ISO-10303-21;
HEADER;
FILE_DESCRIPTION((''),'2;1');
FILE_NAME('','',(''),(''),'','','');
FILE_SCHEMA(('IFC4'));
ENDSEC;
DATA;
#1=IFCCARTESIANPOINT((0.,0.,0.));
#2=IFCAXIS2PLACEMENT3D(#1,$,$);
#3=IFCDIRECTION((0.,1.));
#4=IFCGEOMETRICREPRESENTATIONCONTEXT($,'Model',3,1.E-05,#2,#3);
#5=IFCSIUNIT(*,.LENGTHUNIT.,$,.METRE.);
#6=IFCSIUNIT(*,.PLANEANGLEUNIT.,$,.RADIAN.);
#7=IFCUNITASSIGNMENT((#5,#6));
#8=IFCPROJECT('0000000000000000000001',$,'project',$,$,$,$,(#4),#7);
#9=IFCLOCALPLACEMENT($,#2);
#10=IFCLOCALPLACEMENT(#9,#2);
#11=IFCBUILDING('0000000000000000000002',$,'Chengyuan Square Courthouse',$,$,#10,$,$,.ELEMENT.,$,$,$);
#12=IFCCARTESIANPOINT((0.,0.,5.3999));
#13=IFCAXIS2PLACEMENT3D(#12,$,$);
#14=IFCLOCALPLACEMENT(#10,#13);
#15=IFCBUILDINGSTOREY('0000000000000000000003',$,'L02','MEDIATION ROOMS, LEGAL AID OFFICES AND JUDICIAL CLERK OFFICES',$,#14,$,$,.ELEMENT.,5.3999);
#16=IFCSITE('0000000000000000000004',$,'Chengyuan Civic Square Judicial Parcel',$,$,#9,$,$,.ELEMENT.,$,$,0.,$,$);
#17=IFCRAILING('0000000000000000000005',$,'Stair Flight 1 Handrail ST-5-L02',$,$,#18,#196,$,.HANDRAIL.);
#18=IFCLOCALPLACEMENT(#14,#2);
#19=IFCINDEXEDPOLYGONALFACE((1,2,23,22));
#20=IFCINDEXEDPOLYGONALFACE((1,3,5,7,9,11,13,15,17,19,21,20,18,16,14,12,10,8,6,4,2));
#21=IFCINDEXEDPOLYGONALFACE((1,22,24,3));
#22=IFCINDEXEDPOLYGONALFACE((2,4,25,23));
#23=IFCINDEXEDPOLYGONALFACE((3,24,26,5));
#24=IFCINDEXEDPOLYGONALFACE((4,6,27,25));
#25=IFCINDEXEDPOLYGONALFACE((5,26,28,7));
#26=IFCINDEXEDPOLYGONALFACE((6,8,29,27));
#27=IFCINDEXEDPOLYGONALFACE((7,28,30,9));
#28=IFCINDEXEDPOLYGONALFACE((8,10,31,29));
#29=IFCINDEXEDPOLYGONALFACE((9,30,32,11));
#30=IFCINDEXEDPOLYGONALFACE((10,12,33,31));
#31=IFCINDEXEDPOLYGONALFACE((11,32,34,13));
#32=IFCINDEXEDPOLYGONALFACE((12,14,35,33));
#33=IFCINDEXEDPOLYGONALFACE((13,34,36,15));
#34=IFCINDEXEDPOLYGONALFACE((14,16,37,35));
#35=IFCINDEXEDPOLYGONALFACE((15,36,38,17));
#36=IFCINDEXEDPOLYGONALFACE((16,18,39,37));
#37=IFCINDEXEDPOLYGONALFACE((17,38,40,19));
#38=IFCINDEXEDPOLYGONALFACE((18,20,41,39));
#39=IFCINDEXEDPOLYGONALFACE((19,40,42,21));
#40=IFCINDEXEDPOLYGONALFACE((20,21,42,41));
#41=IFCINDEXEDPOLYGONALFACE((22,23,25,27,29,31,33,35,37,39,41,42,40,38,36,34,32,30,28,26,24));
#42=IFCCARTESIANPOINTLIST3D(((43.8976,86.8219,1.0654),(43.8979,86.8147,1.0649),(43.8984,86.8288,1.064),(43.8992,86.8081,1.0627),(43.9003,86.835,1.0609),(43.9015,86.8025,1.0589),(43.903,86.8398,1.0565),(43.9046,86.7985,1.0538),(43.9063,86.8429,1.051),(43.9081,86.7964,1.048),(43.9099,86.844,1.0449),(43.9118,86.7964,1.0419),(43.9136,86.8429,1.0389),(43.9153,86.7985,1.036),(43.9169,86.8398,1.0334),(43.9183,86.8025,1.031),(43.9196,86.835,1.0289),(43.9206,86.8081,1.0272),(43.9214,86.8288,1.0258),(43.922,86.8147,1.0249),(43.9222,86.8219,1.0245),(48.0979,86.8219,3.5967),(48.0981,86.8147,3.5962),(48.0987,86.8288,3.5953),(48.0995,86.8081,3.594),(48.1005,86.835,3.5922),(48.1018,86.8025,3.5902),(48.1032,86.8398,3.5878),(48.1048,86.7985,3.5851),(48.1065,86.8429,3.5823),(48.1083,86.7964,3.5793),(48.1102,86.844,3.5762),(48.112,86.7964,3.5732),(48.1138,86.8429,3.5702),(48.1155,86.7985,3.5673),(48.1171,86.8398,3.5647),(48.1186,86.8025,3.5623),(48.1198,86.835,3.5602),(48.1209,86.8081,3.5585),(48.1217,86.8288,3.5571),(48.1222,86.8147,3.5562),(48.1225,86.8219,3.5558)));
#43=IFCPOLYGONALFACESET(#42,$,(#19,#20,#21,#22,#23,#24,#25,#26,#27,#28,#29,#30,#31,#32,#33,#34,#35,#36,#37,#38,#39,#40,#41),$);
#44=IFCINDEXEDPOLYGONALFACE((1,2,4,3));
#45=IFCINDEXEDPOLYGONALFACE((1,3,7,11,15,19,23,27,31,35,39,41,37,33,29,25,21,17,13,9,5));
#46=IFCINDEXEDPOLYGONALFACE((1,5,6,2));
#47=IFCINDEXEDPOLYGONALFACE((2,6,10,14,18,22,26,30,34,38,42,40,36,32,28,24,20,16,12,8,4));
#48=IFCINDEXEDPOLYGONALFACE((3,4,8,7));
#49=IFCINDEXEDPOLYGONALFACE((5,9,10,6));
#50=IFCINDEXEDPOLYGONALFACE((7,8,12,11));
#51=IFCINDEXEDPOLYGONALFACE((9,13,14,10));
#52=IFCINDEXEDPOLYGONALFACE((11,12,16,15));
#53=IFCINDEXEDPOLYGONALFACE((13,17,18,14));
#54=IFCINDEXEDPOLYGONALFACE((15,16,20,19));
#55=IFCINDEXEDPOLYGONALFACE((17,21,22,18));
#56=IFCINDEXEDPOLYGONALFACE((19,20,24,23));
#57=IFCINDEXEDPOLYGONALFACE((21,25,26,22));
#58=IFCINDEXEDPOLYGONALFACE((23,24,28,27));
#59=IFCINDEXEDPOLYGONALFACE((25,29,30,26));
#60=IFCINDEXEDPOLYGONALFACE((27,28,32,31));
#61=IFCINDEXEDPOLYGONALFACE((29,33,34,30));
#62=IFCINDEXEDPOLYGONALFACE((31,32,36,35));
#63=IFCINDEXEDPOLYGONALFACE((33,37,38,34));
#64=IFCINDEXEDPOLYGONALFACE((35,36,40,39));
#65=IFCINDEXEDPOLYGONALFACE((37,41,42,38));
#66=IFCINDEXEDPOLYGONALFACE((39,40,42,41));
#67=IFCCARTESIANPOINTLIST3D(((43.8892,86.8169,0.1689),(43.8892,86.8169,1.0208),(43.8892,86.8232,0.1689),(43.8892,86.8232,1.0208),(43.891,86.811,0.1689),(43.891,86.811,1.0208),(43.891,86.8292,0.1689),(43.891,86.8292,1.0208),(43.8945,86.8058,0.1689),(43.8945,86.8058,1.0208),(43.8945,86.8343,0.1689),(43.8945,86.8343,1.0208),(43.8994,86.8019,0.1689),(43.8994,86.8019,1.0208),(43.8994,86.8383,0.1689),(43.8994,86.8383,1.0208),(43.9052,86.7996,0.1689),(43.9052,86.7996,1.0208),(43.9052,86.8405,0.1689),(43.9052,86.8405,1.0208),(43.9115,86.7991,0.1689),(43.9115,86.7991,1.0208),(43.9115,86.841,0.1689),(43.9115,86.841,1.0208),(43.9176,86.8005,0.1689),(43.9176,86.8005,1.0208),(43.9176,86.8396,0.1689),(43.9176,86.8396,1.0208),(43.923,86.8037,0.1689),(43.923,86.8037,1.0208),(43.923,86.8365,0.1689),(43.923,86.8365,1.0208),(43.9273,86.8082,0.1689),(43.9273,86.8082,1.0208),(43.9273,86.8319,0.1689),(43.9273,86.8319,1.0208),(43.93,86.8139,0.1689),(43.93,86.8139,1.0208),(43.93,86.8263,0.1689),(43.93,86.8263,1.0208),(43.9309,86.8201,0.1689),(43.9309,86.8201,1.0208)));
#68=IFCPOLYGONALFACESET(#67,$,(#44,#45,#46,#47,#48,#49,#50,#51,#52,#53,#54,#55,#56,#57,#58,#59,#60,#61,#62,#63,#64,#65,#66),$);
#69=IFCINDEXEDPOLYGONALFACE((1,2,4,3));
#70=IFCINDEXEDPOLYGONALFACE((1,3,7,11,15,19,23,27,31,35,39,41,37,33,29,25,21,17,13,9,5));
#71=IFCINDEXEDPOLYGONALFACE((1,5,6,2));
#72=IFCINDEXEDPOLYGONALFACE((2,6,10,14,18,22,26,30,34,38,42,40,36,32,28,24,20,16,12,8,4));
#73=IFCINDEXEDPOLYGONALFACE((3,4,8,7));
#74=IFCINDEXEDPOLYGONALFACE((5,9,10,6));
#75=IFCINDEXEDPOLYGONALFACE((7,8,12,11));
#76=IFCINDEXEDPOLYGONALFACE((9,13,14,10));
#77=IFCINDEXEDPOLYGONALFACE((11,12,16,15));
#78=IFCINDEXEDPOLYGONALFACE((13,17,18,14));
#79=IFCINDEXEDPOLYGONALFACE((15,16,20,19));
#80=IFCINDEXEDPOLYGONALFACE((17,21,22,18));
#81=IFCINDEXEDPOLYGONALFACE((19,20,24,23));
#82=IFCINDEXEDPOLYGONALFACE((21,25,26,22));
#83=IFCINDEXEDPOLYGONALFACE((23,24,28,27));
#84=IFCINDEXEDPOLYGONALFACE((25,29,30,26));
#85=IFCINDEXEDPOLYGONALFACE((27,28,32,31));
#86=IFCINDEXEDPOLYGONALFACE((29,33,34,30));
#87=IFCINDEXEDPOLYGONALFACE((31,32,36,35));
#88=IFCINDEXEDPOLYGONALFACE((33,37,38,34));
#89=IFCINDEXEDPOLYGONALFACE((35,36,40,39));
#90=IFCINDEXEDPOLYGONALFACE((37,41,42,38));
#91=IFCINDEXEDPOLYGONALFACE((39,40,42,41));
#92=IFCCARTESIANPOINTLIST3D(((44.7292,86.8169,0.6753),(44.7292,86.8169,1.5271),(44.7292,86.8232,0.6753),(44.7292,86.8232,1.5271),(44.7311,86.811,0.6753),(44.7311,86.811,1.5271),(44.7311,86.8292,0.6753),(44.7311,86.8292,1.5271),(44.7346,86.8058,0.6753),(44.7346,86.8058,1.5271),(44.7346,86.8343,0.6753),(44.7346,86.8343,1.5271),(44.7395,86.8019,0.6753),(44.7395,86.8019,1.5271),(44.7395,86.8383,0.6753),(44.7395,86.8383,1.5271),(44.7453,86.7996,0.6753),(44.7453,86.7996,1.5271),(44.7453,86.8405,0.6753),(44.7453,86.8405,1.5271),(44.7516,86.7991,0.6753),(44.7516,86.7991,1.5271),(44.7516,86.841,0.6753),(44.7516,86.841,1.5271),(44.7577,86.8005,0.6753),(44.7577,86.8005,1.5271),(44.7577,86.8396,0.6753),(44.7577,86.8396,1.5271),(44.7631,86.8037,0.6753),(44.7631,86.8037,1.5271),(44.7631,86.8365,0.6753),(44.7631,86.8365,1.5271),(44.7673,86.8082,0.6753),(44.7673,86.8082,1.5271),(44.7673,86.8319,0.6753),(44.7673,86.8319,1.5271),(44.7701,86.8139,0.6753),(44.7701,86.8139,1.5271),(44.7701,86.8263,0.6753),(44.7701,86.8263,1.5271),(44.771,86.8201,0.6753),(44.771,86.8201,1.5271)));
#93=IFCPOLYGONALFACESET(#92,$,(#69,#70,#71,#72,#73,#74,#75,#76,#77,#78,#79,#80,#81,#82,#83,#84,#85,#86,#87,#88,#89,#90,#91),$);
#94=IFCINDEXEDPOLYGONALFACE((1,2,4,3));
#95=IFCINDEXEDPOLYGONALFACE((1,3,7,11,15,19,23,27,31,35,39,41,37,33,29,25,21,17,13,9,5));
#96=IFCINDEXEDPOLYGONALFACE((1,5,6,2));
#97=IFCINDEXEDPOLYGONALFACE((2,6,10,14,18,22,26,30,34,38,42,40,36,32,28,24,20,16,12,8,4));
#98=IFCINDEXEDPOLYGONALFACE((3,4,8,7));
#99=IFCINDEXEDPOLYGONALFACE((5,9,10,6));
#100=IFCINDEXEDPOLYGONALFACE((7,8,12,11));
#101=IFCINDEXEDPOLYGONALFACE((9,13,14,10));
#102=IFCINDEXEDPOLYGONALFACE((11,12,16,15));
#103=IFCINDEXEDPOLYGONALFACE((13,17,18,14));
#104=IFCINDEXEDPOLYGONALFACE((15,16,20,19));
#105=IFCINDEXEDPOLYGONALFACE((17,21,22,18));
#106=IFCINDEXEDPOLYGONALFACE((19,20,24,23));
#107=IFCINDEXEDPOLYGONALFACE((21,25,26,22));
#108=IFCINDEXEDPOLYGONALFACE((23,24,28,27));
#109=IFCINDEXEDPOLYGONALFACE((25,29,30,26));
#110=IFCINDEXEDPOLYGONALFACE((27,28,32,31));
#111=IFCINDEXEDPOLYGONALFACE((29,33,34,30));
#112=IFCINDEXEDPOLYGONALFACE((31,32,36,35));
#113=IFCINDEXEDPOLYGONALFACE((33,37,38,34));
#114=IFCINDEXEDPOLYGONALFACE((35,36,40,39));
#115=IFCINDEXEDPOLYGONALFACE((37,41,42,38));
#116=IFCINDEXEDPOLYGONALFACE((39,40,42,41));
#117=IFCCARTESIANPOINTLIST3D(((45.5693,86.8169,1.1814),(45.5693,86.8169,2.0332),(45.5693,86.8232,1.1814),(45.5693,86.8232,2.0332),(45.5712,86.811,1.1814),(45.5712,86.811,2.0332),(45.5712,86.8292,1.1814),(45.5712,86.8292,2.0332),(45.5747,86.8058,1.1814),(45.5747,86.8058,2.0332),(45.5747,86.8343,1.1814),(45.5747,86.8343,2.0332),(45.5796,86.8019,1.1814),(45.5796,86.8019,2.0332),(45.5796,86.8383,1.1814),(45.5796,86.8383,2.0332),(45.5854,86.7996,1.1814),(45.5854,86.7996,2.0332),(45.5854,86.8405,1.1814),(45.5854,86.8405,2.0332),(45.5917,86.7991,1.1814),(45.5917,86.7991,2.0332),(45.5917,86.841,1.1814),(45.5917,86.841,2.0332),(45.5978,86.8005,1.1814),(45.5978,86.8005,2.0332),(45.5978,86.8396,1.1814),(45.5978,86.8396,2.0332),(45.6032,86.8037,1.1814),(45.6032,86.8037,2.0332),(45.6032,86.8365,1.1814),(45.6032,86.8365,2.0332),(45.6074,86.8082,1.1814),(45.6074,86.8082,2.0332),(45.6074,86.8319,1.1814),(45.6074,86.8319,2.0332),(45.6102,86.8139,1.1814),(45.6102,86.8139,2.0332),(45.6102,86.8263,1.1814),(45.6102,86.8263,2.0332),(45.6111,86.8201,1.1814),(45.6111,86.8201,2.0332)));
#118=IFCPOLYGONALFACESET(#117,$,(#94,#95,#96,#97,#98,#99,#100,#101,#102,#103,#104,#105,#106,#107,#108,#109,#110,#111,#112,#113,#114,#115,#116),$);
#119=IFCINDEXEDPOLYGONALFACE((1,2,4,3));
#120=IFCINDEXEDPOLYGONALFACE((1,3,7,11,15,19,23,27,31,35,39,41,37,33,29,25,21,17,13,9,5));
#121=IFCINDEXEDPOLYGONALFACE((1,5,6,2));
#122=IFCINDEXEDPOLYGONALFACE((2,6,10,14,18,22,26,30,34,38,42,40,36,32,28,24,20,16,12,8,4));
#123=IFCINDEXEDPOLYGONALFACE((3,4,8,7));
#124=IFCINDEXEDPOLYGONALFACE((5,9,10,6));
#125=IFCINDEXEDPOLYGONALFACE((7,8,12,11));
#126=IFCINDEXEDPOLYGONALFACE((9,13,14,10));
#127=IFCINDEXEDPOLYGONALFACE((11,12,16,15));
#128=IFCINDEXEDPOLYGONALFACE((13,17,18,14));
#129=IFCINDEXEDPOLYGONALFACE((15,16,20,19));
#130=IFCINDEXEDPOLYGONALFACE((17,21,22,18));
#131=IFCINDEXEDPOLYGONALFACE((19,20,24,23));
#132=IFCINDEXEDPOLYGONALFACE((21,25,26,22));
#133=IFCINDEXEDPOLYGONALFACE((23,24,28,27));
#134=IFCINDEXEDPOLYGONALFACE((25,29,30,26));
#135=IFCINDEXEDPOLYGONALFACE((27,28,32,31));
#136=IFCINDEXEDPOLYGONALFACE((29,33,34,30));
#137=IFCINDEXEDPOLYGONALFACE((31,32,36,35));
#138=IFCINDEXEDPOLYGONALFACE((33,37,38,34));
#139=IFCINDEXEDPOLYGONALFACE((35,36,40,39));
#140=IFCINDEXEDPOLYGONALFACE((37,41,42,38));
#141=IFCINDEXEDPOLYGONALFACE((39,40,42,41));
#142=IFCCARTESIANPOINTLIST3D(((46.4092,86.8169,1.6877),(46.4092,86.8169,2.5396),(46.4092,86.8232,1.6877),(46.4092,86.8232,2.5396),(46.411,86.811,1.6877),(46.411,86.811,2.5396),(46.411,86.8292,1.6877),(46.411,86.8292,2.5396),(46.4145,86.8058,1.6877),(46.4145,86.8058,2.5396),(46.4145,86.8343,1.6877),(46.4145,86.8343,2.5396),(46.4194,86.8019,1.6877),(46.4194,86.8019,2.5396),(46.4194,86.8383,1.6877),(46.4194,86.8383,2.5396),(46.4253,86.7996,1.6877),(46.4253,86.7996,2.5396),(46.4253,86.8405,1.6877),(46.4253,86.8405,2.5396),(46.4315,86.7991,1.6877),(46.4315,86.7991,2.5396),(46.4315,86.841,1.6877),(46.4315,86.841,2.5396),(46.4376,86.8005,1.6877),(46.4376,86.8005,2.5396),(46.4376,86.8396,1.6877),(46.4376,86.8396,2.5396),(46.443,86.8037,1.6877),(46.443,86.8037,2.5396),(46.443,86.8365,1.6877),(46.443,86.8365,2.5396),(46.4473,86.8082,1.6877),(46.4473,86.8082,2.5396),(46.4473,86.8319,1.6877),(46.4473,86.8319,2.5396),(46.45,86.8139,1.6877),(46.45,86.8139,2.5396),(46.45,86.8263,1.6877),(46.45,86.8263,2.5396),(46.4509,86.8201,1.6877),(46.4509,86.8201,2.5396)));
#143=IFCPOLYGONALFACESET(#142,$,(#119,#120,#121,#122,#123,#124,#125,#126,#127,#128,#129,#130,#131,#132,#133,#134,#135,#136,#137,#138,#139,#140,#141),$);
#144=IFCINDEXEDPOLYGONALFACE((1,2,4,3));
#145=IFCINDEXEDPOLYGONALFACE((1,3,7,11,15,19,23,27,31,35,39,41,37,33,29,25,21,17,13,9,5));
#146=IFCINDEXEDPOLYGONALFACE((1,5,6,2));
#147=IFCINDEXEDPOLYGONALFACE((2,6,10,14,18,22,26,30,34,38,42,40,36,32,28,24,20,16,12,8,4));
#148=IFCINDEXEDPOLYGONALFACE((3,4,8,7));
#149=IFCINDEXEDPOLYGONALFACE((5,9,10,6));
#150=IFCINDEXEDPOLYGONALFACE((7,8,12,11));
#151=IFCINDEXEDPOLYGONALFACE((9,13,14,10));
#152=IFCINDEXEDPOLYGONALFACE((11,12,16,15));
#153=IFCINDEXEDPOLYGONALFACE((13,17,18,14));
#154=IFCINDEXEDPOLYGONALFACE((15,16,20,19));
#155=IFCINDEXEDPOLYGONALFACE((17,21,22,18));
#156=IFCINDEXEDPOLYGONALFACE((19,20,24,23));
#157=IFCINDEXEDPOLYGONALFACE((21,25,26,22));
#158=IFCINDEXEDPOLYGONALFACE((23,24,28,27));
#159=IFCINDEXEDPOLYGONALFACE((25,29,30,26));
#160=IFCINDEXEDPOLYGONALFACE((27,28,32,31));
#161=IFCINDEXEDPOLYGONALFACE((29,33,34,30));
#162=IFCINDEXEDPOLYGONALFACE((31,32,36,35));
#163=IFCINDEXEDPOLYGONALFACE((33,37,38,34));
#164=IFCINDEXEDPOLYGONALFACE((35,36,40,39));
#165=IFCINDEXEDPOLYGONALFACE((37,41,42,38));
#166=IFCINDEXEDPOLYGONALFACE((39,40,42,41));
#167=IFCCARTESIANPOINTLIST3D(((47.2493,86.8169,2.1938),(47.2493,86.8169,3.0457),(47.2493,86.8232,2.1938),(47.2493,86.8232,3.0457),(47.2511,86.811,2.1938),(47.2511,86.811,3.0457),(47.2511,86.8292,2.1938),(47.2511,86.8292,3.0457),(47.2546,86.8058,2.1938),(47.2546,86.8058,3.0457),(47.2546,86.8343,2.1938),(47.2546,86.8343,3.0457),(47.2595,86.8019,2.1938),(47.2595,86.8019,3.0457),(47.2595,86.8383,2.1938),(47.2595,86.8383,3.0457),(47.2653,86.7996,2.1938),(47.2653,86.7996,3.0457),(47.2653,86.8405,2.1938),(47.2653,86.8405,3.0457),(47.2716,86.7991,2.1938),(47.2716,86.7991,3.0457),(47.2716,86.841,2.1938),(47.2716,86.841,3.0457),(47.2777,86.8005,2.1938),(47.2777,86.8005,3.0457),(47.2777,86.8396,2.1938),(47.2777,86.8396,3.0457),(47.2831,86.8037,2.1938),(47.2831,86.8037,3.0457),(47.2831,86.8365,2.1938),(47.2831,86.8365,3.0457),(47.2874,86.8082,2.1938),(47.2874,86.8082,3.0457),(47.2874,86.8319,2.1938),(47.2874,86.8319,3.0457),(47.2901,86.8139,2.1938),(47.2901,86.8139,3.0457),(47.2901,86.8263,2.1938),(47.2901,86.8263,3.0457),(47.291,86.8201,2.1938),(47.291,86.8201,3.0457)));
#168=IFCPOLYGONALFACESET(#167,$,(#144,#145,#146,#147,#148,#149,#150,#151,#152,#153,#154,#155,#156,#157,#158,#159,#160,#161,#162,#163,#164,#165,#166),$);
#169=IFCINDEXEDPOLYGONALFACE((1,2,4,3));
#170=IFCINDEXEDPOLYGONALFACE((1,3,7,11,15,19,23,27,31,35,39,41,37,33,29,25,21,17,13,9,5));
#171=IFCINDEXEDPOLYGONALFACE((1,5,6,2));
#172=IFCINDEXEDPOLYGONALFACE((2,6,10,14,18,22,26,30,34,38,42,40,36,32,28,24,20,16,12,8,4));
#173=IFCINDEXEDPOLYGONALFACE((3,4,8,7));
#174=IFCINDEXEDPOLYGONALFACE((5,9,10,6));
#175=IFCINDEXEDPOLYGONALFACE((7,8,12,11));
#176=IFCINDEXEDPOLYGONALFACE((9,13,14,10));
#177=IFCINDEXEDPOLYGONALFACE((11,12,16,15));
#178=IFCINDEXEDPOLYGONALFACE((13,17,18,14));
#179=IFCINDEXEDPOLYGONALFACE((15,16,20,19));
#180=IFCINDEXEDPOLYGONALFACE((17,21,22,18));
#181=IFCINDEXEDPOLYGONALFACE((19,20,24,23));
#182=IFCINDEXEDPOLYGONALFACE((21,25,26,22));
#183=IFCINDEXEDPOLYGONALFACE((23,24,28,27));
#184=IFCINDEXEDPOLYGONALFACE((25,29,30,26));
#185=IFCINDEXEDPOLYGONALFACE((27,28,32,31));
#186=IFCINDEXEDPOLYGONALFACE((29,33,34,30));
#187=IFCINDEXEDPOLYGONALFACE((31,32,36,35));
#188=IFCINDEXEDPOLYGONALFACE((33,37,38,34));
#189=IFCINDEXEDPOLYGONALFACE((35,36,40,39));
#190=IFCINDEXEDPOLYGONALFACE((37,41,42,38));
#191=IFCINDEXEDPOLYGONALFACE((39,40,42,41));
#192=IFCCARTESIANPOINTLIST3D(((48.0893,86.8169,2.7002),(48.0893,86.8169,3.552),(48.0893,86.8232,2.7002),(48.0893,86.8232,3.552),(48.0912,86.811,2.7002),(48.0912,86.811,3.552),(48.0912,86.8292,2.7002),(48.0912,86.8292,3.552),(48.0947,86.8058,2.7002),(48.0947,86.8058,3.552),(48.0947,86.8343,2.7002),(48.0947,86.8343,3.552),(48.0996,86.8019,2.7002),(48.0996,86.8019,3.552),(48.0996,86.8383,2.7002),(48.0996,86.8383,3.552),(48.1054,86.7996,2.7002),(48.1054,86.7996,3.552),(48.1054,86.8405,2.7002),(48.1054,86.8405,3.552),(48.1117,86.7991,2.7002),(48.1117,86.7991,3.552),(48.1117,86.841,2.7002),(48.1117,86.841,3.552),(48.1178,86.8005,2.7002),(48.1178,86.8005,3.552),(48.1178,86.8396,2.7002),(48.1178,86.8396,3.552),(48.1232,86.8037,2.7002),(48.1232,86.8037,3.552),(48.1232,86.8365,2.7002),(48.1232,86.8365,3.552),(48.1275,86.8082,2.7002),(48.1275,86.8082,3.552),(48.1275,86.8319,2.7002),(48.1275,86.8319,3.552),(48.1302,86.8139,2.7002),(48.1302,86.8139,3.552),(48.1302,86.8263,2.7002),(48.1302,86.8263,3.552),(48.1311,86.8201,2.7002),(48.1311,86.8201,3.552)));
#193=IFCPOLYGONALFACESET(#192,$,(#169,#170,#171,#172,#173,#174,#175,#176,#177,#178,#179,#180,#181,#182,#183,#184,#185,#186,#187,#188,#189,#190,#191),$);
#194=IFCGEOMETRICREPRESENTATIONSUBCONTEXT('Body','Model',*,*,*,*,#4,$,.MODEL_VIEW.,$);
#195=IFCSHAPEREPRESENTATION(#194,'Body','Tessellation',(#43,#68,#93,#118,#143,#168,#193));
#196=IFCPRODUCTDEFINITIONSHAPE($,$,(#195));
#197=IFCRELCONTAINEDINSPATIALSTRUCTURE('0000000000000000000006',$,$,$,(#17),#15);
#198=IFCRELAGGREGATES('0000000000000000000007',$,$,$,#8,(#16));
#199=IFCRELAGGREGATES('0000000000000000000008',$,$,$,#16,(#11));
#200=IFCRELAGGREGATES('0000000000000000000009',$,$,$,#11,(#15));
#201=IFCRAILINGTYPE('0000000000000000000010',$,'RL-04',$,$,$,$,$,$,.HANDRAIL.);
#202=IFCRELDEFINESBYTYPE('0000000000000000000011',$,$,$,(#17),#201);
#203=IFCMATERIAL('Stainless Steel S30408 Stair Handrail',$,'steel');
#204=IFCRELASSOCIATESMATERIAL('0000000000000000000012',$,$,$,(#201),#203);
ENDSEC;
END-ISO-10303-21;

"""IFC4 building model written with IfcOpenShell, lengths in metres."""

from ifc_helpers import new_model, si_unit, direction, frame, origin, origin_2d, place, context, subcontext, project, spatial, circle, extrude, material, type_object, element, save


model = new_model("IFC4")

# Units and contexts
model_context = context("Model", 3, precision=1e-05, world=origin(), true_north=direction((0.0, 1.0)))
body_context = subcontext(model_context, "Body", "Model", "MODEL_VIEW")
ifc_project = project(units=[si_unit("LENGTHUNIT", "METRE"), si_unit("PLANEANGLEUNIT", "RADIAN")], contexts=[model_context])

# Site, building, storey
site_placement = place(None, origin())
site = spatial("IfcSite", under=ifc_project, at=site_placement, Name="Chengyuan Civic Square Judicial Parcel", CompositionType="ELEMENT", RefElevation=0.0)
building_placement = place(site_placement, origin())
building = spatial("IfcBuilding", under=site, at=building_placement, Name="Chengyuan Square Courthouse", CompositionType="ELEMENT")
storey_placement = place(building_placement, frame((0.0, 0.0, 5.3999)))
storey = spatial("IfcBuildingStorey", under=building, at=storey_placement, Name="L02", Description="MEDIATION ROOMS, LEGAL AID OFFICES AND JUDICIAL CLERK OFFICES", CompositionType="ELEMENT", Elevation=5.3999)

# Railing
ifc_material_1 = material(Name="Stainless Steel S30408 Stair Handrail", Category="steel")
railing_type_1 = type_object("IfcRailingType", Name="RL-04", PredefinedType="HANDRAIL", material=ifc_material_1)
railing_1_placement = place(storey_placement, frame((43.9099, 86.8201, 0.1689)))
element("IfcRailing", 1, at=railing_1_placement, inside=storey, type_object=railing_type_1, Name="Stair Flight 1 Handrail ST-5-L02", PredefinedType="HANDRAIL", context=body_context, shape_type="SweptSolid", body=[
    extrude(circle(Radius=0.0239, at=origin_2d()), frame((0.0, 0.0, 0.876), z_axis=(0.85649, 0.0, 0.516164), x_axis=(0.0, 1.0, 0.0)), (0.0, 0.0, 1.0), 4.9041),
    extrude(circle(Radius=0.021, at=origin_2d()), origin(), (0.0, 0.0, 1.0), 0.8518),
    extrude(circle(Radius=0.021, at=origin_2d()), frame((0.8401, 0.0, 0.5063)), (0.0, 0.0, 1.0), 0.8518),
    extrude(circle(Radius=0.021, at=origin_2d()), frame((1.6802, 0.0, 1.0125)), (0.0, 0.0, 1.0), 0.8518),
    extrude(circle(Radius=0.021, at=origin_2d()), frame((2.52, 0.0, 1.5188)), (0.0, 0.0, 1.0), 0.8518),
    extrude(circle(Radius=0.021, at=origin_2d()), frame((3.3601, 0.0, 2.0249)), (0.0, 0.0, 1.0), 0.8518),
    extrude(circle(Radius=0.021, at=origin_2d()), frame((4.2002, 0.0, 2.5312)), (0.0, 0.0, 1.0), 0.8518),
])

save(model, "model.ifc")
